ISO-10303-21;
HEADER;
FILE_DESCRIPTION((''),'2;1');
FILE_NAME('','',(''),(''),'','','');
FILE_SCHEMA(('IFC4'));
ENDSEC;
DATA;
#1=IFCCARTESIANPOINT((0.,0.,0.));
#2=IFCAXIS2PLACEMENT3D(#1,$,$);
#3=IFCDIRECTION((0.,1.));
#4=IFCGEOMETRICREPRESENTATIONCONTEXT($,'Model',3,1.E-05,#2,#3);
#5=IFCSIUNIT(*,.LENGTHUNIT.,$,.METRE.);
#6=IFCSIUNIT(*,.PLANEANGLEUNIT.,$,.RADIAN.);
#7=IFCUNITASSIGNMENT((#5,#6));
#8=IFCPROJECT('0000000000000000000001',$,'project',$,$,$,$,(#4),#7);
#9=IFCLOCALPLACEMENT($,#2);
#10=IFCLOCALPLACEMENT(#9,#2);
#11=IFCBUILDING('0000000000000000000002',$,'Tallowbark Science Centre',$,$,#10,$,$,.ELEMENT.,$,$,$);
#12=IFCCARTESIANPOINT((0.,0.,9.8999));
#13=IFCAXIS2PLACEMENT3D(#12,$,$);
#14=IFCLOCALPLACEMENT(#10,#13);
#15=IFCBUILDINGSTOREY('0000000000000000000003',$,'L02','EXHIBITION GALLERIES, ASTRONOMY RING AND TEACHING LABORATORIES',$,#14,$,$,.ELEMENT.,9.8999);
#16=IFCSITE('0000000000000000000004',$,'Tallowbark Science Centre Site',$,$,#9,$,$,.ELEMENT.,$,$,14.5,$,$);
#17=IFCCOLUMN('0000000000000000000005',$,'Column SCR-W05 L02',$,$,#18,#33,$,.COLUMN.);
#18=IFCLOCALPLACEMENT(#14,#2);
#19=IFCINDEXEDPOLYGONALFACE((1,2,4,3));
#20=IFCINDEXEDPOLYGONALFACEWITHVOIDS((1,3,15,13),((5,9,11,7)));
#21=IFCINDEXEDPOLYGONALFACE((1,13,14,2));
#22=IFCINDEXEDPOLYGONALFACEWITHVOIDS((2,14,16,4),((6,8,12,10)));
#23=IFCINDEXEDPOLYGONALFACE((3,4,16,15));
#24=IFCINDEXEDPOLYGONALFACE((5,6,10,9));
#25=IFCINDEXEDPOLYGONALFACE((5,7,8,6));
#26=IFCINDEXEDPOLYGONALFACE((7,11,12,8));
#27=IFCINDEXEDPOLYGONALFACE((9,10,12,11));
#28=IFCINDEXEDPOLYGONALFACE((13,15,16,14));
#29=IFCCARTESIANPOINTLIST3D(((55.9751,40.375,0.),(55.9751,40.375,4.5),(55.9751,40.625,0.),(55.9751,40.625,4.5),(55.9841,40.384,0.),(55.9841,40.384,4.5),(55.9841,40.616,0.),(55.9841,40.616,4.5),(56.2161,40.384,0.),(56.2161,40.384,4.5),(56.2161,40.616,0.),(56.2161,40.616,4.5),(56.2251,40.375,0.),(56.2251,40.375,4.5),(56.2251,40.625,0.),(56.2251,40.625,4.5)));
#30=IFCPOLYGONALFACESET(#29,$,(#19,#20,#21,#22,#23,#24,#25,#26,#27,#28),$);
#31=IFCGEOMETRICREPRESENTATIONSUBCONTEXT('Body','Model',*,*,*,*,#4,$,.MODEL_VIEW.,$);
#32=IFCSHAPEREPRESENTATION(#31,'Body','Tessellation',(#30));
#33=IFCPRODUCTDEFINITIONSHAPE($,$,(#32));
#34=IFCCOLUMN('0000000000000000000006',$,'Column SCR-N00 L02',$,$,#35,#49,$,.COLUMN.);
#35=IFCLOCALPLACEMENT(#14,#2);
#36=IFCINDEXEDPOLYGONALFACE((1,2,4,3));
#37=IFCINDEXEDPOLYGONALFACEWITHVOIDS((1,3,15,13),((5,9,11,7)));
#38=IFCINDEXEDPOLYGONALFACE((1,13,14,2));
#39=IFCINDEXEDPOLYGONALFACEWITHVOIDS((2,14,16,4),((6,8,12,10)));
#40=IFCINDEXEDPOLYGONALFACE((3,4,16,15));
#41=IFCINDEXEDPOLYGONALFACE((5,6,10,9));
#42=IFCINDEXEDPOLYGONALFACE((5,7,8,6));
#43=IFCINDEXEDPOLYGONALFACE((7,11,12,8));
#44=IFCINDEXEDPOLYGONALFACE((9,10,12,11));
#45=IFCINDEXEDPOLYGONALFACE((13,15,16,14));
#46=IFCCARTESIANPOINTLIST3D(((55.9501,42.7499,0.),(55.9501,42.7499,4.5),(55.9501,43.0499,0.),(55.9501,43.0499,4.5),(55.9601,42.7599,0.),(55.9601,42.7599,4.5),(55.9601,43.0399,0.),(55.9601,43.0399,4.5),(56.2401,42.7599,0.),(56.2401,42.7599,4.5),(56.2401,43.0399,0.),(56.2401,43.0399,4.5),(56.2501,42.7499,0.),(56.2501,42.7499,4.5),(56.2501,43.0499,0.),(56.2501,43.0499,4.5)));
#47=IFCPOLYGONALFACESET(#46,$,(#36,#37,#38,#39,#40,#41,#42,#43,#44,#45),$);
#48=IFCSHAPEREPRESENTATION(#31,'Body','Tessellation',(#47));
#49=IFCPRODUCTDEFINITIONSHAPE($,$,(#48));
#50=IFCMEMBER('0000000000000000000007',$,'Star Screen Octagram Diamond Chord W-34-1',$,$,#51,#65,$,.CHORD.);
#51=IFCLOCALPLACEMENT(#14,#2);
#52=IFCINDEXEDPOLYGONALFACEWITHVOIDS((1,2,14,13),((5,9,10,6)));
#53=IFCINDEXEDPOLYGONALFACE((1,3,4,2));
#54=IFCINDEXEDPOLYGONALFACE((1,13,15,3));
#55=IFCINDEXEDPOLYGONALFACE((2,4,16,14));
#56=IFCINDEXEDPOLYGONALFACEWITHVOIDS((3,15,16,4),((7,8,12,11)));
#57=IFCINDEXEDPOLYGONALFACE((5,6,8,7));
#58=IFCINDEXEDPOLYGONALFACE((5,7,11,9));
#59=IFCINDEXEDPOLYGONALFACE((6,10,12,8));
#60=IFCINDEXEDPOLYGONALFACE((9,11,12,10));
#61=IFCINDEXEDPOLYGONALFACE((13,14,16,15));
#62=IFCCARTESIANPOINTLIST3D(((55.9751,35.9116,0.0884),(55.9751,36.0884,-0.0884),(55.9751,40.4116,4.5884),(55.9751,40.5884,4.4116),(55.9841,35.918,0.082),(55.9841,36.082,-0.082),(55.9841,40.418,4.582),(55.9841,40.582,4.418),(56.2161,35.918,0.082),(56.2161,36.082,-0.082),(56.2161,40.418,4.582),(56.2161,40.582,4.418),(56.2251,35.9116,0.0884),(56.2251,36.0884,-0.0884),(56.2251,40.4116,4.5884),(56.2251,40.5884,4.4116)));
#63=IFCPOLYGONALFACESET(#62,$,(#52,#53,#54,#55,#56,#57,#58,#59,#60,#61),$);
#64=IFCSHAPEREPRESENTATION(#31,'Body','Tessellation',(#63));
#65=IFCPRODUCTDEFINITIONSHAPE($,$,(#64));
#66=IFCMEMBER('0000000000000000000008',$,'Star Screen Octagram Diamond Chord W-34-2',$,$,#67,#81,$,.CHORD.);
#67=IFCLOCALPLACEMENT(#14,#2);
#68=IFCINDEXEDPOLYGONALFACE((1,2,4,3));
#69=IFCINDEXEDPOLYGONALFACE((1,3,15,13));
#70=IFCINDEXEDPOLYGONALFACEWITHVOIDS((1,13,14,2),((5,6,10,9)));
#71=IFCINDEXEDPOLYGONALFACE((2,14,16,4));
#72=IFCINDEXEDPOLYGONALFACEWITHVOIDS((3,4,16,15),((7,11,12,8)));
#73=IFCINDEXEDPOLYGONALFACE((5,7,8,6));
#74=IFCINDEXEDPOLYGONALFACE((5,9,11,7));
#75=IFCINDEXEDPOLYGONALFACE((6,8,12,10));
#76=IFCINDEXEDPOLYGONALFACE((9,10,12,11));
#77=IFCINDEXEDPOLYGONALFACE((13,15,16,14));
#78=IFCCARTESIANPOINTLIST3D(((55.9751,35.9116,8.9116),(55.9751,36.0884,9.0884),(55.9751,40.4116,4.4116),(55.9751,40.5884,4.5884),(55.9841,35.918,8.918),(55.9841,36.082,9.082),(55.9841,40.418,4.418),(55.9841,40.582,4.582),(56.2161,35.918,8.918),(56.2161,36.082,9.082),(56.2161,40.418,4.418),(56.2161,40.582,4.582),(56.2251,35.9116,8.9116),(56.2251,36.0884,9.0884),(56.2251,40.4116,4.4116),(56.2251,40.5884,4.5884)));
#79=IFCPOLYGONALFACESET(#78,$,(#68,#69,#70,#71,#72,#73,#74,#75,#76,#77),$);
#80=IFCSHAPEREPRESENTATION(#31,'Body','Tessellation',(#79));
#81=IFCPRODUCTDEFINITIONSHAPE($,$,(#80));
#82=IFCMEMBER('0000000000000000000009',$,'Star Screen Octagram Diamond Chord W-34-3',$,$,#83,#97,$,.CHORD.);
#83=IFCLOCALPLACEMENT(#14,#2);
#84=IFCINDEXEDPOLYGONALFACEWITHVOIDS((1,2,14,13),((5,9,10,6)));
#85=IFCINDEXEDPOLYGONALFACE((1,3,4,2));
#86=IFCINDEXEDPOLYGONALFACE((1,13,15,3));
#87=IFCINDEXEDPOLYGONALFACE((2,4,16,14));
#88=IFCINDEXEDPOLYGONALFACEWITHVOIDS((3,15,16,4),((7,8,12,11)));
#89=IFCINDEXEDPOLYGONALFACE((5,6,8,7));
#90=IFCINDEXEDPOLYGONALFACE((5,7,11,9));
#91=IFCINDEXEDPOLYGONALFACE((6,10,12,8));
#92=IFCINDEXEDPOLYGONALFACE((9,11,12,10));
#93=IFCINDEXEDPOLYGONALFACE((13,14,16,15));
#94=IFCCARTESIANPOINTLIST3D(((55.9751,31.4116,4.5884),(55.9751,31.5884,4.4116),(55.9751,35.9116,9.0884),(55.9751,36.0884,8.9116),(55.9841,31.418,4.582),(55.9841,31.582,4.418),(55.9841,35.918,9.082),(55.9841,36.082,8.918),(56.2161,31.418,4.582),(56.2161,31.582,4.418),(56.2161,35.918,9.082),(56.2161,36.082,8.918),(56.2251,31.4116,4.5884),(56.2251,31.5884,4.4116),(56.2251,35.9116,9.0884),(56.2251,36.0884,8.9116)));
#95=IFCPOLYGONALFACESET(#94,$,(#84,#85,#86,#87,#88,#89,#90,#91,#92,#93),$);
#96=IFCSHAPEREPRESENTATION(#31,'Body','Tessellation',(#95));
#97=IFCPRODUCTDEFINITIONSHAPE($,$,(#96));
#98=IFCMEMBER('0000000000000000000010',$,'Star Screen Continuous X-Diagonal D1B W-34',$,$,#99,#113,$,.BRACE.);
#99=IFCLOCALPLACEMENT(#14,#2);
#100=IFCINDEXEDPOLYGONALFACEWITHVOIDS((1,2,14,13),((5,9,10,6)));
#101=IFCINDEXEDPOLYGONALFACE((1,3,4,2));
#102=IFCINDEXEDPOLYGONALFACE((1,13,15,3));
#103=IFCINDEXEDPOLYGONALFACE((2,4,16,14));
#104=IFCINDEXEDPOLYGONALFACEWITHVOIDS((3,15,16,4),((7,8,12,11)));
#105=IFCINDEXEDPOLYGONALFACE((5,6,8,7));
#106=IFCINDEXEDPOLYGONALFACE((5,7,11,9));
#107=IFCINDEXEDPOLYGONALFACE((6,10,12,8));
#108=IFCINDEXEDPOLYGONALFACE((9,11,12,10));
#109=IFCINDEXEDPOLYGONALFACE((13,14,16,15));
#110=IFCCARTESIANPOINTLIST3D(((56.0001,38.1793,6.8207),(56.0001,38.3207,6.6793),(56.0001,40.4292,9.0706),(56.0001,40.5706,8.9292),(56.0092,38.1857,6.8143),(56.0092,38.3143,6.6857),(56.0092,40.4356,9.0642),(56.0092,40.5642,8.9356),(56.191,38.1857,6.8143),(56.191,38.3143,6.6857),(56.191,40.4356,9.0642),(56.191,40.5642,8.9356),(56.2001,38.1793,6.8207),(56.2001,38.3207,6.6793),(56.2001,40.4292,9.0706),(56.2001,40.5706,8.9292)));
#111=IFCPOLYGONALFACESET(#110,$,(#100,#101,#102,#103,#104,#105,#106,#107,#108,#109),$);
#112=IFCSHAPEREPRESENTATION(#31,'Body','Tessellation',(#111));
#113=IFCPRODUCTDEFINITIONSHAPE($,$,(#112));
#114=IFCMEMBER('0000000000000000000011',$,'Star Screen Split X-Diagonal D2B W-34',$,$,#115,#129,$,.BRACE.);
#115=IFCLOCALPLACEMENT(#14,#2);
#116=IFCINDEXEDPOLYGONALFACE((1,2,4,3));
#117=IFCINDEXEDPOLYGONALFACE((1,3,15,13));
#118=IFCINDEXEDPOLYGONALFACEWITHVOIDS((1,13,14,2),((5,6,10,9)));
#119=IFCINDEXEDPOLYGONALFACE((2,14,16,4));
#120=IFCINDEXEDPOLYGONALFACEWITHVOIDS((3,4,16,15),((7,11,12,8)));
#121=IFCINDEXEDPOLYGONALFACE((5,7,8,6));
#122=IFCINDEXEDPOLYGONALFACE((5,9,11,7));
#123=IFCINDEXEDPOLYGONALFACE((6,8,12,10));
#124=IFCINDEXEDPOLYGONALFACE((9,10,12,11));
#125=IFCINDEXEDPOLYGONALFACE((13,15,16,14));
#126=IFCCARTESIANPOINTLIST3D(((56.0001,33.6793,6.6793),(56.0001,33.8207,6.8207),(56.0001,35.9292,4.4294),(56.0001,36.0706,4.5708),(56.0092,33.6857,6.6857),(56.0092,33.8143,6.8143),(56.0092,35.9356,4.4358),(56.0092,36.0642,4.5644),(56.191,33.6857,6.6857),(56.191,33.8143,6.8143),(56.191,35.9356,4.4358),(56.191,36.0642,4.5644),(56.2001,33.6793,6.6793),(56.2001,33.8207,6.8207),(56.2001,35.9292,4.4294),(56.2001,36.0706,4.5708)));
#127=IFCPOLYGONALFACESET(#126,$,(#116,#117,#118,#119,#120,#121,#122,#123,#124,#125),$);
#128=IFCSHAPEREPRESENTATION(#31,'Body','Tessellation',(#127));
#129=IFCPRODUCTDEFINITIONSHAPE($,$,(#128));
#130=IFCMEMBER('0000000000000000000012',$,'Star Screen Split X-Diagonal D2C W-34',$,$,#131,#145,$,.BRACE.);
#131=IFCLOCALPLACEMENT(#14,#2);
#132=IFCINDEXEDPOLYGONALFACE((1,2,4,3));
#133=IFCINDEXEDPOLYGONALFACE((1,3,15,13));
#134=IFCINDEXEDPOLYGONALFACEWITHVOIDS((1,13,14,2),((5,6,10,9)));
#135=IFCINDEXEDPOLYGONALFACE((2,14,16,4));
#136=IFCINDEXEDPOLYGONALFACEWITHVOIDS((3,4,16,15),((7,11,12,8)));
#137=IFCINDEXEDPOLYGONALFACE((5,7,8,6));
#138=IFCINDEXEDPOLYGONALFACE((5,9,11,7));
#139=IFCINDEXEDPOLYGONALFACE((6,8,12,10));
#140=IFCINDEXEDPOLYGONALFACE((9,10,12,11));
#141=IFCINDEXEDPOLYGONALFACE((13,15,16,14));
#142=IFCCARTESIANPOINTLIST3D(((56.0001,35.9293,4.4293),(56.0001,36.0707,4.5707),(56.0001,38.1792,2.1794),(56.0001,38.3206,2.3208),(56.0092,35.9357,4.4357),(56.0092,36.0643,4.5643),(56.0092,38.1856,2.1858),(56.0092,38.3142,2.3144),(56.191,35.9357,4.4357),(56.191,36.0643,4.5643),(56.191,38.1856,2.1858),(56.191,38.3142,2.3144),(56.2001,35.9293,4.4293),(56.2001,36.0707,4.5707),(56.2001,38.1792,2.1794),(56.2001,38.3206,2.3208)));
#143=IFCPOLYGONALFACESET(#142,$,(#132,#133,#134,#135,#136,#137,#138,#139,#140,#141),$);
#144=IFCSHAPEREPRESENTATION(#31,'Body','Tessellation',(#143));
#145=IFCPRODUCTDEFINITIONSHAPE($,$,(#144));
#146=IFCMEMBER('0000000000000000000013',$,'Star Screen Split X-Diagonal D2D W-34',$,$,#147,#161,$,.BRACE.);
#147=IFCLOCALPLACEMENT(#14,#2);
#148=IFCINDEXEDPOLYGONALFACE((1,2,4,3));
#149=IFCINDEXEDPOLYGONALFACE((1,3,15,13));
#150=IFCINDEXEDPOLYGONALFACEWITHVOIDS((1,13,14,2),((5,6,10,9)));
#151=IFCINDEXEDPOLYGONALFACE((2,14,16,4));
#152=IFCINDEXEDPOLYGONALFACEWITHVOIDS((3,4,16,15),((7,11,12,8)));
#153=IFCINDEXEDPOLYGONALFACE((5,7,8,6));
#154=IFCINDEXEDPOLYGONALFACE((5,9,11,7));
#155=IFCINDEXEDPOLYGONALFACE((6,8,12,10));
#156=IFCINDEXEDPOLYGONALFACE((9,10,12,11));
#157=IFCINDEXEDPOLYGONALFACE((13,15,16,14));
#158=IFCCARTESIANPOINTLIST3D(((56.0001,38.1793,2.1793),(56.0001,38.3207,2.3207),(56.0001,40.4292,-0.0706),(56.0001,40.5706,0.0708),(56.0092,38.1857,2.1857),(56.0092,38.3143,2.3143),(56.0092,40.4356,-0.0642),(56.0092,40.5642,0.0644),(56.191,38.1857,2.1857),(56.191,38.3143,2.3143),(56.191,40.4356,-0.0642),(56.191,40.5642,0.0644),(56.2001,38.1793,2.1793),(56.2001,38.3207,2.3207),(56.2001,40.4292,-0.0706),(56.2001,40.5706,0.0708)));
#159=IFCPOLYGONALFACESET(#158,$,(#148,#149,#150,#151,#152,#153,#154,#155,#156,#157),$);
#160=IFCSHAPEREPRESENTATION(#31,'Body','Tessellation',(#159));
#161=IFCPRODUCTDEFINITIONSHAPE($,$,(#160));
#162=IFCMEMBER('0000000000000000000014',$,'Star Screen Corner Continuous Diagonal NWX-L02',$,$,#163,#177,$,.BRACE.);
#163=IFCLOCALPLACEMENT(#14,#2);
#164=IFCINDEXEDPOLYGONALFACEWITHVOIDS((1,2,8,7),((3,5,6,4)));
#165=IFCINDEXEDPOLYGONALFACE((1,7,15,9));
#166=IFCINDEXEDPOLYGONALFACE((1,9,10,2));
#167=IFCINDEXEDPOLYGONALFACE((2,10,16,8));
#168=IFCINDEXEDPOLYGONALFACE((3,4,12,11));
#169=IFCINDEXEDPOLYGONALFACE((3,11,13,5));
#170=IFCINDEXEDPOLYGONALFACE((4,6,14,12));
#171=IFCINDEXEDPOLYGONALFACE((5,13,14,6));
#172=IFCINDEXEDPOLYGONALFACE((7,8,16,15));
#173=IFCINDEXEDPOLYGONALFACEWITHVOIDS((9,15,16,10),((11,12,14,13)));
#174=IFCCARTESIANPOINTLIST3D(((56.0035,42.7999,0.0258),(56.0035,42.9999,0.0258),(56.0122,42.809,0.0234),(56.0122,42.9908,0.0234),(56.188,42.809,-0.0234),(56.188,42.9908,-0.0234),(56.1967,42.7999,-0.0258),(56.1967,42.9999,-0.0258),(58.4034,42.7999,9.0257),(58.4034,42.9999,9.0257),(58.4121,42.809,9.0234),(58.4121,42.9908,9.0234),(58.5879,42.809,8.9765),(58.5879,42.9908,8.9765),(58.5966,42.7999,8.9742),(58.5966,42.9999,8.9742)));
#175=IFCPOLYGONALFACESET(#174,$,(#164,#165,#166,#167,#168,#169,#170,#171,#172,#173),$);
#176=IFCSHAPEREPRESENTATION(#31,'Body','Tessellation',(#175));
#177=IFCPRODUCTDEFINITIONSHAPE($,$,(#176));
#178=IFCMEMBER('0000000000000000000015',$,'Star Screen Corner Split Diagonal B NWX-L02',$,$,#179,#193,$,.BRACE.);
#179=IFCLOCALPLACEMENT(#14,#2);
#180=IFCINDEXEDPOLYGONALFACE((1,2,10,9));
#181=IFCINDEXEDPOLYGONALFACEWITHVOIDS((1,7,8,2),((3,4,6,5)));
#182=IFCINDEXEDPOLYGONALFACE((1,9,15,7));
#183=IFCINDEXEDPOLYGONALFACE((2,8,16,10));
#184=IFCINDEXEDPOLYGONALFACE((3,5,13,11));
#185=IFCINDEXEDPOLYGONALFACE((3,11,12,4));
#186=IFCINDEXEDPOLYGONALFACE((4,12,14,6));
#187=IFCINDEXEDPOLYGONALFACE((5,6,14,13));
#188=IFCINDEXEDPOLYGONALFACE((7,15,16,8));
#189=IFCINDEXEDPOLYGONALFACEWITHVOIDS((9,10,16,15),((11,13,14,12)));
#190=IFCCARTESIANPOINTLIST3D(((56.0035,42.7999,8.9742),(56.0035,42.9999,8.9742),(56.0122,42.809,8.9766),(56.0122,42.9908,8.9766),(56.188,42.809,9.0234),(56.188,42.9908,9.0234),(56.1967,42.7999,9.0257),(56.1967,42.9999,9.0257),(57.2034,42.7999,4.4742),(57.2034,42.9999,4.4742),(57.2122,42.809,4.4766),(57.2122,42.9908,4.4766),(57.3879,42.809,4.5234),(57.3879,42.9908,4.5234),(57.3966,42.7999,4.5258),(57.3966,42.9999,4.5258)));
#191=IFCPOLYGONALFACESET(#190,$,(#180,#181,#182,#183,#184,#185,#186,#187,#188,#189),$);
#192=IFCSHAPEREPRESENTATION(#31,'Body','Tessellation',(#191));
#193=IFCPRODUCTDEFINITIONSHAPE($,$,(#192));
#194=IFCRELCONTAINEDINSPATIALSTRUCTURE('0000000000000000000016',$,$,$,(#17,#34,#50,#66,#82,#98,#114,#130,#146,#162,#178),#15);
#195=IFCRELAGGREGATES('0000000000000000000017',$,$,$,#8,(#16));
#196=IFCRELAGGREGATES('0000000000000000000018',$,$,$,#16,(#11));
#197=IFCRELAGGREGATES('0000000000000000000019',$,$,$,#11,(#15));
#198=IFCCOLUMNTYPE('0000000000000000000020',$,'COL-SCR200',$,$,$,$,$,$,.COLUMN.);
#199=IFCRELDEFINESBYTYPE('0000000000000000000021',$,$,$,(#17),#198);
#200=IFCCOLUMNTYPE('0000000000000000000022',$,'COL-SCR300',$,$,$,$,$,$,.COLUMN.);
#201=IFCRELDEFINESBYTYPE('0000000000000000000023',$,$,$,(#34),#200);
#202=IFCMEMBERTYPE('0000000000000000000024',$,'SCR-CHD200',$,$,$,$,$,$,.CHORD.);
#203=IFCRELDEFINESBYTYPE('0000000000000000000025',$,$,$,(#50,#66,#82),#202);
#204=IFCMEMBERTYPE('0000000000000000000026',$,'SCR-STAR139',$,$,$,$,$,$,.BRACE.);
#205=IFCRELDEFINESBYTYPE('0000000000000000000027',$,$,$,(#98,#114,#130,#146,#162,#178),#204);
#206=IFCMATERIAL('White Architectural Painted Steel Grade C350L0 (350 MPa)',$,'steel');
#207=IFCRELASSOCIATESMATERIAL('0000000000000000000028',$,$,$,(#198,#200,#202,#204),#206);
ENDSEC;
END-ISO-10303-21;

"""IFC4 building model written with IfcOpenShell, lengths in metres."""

from ifc_helpers import new_model, si_unit, direction, frame, origin, origin_2d, place, context, subcontext, project, spatial, hollow_rectangle, extrude, material, material_profile, profile_set, type_object, element, save


model = new_model("IFC4")

# Units and contexts
model_context = context("Model", 3, precision=1e-05, world=origin(), true_north=direction((0.0, 1.0)))
body_context = subcontext(model_context, "Body", "Model", "MODEL_VIEW")
ifc_project = project(units=[si_unit("LENGTHUNIT", "METRE"), si_unit("PLANEANGLEUNIT", "RADIAN")], contexts=[model_context])

# Site, building, storey
site_placement = place(None, origin())
site = spatial("IfcSite", under=ifc_project, at=site_placement, Name="Tallowbark Science Centre Site", CompositionType="ELEMENT", RefElevation=14.5)
building_placement = place(site_placement, origin())
building = spatial("IfcBuilding", under=site, at=building_placement, Name="Tallowbark Science Centre", CompositionType="ELEMENT")
storey_placement = place(building_placement, frame((0.0, 0.0, 9.8999)))
storey = spatial("IfcBuildingStorey", under=building, at=storey_placement, Name="L02", Description="EXHIBITION GALLERIES, ASTRONOMY RING AND TEACHING LABORATORIES", CompositionType="ELEMENT", Elevation=9.8999)

# Columns
ifc_material_1 = material(Name="White Architectural Painted Steel Grade C350L0 (350 MPa)", Category="steel")
ifc_material_profile_1 = material_profile(ifc_material_1, hollow_rectangle(XDim=0.25, YDim=0.25, WallThickness=0.009, at=origin_2d()), Name="250x250x9.0SHS")
ifc_profile_set_1 = profile_set([ifc_material_profile_1], Name="White Architectural Painted Steel Grade C350L0 (350 MPa)")
column_type_1 = type_object("IfcColumnType", Name="COL-SCR200", PredefinedType="COLUMN", material=ifc_profile_set_1)
column_1_placement = place(storey_placement, frame((56.1001, 40.5, 0.0), z_axis=(0.0, 0.0, 1.0), x_axis=(1.0, 0.0, 0.0)))
element("IfcColumn", 1, at=column_1_placement, inside=storey, type_object=column_type_1, Name="Column SCR-W05 L02", PredefinedType="COLUMN", context=body_context, shape_type="SweptSolid", body=[
    extrude(hollow_rectangle(XDim=0.25, YDim=0.25, WallThickness=0.009, at=origin_2d()), origin(), (0.0, 0.0, 1.0), 4.5),
])
ifc_material_profile_2 = material_profile(ifc_material_1, hollow_rectangle(XDim=0.3, YDim=0.3, WallThickness=0.01, at=origin_2d()), Name="300x300x10.0SHS")
ifc_profile_set_2 = profile_set([ifc_material_profile_2], Name="White Architectural Painted Steel Grade C350L0 (350 MPa)")
column_type_2 = type_object("IfcColumnType", Name="COL-SCR300", PredefinedType="COLUMN", material=ifc_profile_set_2)
column_2_placement = place(storey_placement, frame((56.1001, 42.8999, 0.0), z_axis=(0.0, 0.0, 1.0), x_axis=(1.0, 0.0, 0.0)))
element("IfcColumn", 2, at=column_2_placement, inside=storey, type_object=column_type_2, Name="Column SCR-N00 L02", PredefinedType="COLUMN", context=body_context, shape_type="SweptSolid", body=[
    extrude(hollow_rectangle(XDim=0.3, YDim=0.3, WallThickness=0.01, at=origin_2d()), origin(), (0.0, 0.0, 1.0), 4.5),
])

# Members
ifc_material_profile_3 = material_profile(ifc_material_1, hollow_rectangle(XDim=0.25, YDim=0.25, WallThickness=0.009, at=origin_2d()), Name="250x250x9.0SHS")
ifc_profile_set_3 = profile_set([ifc_material_profile_3], Name="White Architectural Painted Steel Grade C350L0 (350 MPa)")
member_type_1 = type_object("IfcMemberType", Name="SCR-CHD200", PredefinedType="CHORD", material=ifc_profile_set_3)
for number, where, z_axis, x_axis, name in (
    (3, (56.1001, 36.0, 0.0), (0.0, 0.707107, 0.707107), (-1.0, 0.0, 0.0), "Star Screen Octagram Diamond Chord W-34-1"),
    (4, (56.1001, 40.5, 4.5), (0.0, -0.707107, 0.707107), (1.0, 0.0, 0.0), "Star Screen Octagram Diamond Chord W-34-2"),
    (5, (56.1001, 36.0, 9.0), (0.0, -0.707107, -0.707107), (1.0, 0.0, 0.0), "Star Screen Octagram Diamond Chord W-34-3"),
):
    element("IfcMember", number, at=place(storey_placement, frame(where, z_axis=z_axis, x_axis=x_axis)), inside=storey, type_object=member_type_1, Name=name, PredefinedType="CHORD", context=body_context, shape_type="SweptSolid", body=[
        extrude(hollow_rectangle(XDim=0.25, YDim=0.25, WallThickness=0.009, at=origin_2d()), origin(), (0.0, 0.0, 1.0), 6.364),
    ])
ifc_material_profile_4 = material_profile(ifc_material_1, hollow_rectangle(XDim=0.2, YDim=0.2, WallThickness=0.009, at=origin_2d()), Name="200x200x9.0SHS")
ifc_profile_set_4 = profile_set([ifc_material_profile_4], Name="White Architectural Painted Steel Grade C350L0 (350 MPa)")
member_type_2 = type_object("IfcMemberType", Name="SCR-STAR139", PredefinedType="BRACE", material=ifc_profile_set_4)
for number, where, z_axis, x_axis, name in (
    (6, (56.1001, 38.25, 6.75), (0.0, 0.707107, 0.707107), (-1.0, 0.0, 0.0), "Star Screen Continuous X-Diagonal D1B W-34"),
    (7, (56.1001, 33.75, 6.75), (0.0, 0.707107, -0.707107), (-1.0, 0.0, 0.0), "Star Screen Split X-Diagonal D2B W-34"),
    (8, (56.1001, 36.0, 4.5), (0.0, 0.707107, -0.707107), (-1.0, 0.0, 0.0), "Star Screen Split X-Diagonal D2C W-34"),
    (9, (56.1001, 38.25, 2.25), (0.0, 0.707107, -0.707107), (-1.0, 0.0, 0.0), "Star Screen Split X-Diagonal D2D W-34"),
):
    element("IfcMember", number, at=place(storey_placement, frame(where, z_axis=z_axis, x_axis=x_axis)), inside=storey, type_object=member_type_2, Name=name, PredefinedType="BRACE", context=body_context, shape_type="SweptSolid", body=[
        extrude(hollow_rectangle(XDim=0.2, YDim=0.2, WallThickness=0.009, at=origin_2d()), origin(), (0.0, 0.0, 1.0), 3.1819),
    ])
member_1_placement = place(storey_placement, frame((56.1001, 42.8999, 0.0), z_axis=(0.257653, 0.0, 0.966238), x_axis=(0.0, 1.0, 0.0)))
element("IfcMember", 10, at=member_1_placement, inside=storey, type_object=member_type_2, Name="Star Screen Corner Continuous Diagonal NWX-L02", PredefinedType="BRACE", context=body_context, shape_type="SweptSolid", body=[
    extrude(hollow_rectangle(XDim=0.2, YDim=0.2, WallThickness=0.009, at=origin_2d()), origin(), (0.0, 0.0, 1.0), 9.3145),
])
member_2_placement = place(storey_placement, frame((57.3, 42.8999, 4.5), z_axis=(-0.257653, 0.0, 0.966238), x_axis=(0.0, -1.0, 0.0)))
element("IfcMember", 11, at=member_2_placement, inside=storey, type_object=member_type_2, Name="Star Screen Corner Split Diagonal B NWX-L02", PredefinedType="BRACE", context=body_context, shape_type="SweptSolid", body=[
    extrude(hollow_rectangle(XDim=0.2, YDim=0.2, WallThickness=0.009, at=origin_2d()), origin(), (0.0, 0.0, 1.0), 4.6572),
])

save(model, "model.ifc")
